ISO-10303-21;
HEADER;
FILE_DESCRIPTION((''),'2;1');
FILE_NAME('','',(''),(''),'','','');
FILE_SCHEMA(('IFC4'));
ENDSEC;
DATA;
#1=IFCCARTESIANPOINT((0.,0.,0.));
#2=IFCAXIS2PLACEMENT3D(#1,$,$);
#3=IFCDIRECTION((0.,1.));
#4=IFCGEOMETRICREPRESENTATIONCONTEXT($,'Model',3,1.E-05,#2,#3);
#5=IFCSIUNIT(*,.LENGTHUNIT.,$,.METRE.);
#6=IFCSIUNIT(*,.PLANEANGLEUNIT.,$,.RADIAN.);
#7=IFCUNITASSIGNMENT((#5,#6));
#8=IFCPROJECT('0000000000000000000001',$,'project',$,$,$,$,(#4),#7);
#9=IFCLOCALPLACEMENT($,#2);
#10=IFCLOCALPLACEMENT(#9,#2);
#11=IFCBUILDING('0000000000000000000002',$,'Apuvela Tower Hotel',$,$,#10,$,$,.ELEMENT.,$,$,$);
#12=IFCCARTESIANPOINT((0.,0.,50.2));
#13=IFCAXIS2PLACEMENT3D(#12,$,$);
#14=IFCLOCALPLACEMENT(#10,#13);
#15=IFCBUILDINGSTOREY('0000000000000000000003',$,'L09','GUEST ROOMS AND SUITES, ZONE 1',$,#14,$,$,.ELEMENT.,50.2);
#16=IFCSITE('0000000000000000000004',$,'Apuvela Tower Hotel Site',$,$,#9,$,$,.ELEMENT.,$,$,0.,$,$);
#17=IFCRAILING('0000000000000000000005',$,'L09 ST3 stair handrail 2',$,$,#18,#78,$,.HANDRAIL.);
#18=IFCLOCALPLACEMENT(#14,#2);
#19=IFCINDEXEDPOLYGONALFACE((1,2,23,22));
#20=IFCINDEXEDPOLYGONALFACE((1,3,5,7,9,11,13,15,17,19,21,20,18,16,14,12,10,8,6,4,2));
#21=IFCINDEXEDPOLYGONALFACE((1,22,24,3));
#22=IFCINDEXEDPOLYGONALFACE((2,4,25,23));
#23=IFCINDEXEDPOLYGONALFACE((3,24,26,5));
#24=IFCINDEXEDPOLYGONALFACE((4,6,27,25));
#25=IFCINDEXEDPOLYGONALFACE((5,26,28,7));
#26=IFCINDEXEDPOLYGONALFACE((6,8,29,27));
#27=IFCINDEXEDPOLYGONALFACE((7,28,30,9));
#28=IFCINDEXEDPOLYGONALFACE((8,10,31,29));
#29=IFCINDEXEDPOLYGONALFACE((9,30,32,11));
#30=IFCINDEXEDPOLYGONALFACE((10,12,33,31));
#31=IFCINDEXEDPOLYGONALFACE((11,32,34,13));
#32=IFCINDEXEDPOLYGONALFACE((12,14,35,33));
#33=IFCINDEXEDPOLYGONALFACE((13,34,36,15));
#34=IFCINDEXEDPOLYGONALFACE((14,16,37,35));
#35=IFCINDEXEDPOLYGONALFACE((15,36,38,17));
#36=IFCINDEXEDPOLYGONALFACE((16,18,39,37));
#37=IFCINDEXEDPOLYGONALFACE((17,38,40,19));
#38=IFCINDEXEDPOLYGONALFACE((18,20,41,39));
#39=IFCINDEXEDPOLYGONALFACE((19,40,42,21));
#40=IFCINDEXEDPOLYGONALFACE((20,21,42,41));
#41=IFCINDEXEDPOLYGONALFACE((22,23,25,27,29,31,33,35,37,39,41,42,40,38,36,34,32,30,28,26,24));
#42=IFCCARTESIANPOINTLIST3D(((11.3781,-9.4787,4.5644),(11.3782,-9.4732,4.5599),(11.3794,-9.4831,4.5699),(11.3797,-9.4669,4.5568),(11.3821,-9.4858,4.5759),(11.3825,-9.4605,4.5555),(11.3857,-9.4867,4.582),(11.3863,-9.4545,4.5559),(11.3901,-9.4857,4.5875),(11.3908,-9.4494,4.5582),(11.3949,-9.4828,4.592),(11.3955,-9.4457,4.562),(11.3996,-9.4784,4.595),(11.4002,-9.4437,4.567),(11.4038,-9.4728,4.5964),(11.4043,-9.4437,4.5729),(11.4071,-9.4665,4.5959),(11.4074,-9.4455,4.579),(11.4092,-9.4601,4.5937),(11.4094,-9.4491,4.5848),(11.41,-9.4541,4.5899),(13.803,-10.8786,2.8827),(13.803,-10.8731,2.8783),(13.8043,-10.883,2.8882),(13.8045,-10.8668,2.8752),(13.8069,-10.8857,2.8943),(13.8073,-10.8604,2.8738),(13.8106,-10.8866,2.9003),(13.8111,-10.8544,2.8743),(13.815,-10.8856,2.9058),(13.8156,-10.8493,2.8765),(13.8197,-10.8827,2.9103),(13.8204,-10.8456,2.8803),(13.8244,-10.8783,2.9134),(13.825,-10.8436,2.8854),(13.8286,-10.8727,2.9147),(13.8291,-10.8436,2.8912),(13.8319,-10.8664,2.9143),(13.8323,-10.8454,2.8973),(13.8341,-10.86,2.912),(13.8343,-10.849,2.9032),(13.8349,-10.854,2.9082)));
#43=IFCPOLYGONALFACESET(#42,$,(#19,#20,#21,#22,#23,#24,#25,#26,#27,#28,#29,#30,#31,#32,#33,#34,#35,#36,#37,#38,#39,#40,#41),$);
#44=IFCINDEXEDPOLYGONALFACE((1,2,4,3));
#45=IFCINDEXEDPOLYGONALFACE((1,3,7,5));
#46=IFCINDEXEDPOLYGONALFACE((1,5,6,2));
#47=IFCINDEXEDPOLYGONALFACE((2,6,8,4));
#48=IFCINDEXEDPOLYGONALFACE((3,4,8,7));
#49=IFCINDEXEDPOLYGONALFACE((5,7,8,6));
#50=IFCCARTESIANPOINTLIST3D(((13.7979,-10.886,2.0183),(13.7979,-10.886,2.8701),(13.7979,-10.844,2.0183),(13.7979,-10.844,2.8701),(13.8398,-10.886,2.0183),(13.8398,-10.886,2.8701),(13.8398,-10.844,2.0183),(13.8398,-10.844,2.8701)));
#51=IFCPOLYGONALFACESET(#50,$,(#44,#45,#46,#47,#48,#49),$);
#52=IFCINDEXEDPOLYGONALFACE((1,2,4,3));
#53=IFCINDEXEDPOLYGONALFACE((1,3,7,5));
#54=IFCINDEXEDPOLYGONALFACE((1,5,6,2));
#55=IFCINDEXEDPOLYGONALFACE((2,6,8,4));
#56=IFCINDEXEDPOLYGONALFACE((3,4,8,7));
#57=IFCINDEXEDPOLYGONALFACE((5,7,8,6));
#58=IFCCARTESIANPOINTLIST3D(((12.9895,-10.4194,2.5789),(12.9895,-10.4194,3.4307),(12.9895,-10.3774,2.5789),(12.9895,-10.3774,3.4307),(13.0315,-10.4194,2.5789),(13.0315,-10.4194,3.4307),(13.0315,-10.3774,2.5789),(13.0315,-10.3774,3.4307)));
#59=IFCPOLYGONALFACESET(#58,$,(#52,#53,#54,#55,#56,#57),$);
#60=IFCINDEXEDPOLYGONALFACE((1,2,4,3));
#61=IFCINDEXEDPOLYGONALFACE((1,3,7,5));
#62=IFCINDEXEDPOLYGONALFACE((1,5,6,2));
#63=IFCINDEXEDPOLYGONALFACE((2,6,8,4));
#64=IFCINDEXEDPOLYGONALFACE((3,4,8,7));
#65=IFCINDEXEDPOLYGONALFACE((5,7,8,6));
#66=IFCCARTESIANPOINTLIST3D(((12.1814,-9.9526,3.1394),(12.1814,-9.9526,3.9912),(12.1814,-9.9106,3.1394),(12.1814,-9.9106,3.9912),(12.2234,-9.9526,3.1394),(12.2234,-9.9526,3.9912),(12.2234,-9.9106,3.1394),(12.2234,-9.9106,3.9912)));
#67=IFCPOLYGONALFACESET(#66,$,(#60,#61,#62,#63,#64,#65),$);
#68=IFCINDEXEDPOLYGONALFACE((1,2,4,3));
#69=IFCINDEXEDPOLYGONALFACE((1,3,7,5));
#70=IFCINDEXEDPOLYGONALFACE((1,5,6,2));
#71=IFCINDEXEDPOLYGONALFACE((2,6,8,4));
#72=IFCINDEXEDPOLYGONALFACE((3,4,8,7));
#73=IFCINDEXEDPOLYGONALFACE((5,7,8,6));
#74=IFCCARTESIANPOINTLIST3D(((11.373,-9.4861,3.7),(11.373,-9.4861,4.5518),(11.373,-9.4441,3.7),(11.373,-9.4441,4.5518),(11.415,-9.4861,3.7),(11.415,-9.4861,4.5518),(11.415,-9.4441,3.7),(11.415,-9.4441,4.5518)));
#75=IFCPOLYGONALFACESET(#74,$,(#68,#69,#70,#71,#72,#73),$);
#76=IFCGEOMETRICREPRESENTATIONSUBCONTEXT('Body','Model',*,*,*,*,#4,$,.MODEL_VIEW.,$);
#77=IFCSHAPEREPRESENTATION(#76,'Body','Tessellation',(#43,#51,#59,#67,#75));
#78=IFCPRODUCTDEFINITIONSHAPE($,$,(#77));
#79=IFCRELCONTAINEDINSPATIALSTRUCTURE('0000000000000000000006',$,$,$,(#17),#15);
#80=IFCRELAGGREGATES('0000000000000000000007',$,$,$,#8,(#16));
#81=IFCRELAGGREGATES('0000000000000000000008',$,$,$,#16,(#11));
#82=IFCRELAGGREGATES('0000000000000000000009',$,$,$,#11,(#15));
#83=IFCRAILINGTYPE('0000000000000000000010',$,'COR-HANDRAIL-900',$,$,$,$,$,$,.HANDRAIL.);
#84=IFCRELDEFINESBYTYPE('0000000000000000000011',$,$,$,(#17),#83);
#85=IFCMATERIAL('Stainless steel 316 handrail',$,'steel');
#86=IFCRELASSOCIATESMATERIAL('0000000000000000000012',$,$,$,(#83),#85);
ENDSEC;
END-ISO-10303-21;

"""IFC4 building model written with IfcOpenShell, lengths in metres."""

from ifc_helpers import new_model, si_unit, direction, frame, origin, origin_2d, place, context, subcontext, project, spatial, rectangle, circle, extrude, material, type_object, element, save


model = new_model("IFC4")

# Units and contexts
model_context = context("Model", 3, precision=1e-05, world=origin(), true_north=direction((0.0, 1.0)))
body_context = subcontext(model_context, "Body", "Model", "MODEL_VIEW")
ifc_project = project(units=[si_unit("LENGTHUNIT", "METRE"), si_unit("PLANEANGLEUNIT", "RADIAN")], contexts=[model_context])

# Site, building, storey
site_placement = place(None, origin())
site = spatial("IfcSite", under=ifc_project, at=site_placement, Name="Apuvela Tower Hotel Site", CompositionType="ELEMENT", RefElevation=0.0)
building_placement = place(site_placement, origin())
building = spatial("IfcBuilding", under=site, at=building_placement, Name="Apuvela Tower Hotel", CompositionType="ELEMENT")
storey_placement = place(building_placement, frame((0.0, 0.0, 50.2)))
storey = spatial("IfcBuildingStorey", under=building, at=storey_placement, Name="L09", Description="GUEST ROOMS AND SUITES, ZONE 1", CompositionType="ELEMENT", Elevation=50.2)

# Railing
ifc_material_1 = material(Name="Stainless steel 316 handrail", Category="steel")
railing_type_1 = type_object("IfcRailingType", Name="COR-HANDRAIL-900", PredefinedType="HANDRAIL", material=ifc_material_1)
railing_1_placement = place(storey_placement, frame((13.8188, -10.865, 2.0183)))
element("IfcRailing", 1, at=railing_1_placement, inside=storey, type_object=railing_type_1, Name="L09 ST3 stair handrail 2", PredefinedType="HANDRAIL", context=body_context, shape_type="SweptSolid", body=[
    extrude(circle(Radius=0.0239, at=origin_2d()), frame((0.0, 0.0, 0.876), z_axis=(-0.742419, 0.428618, 0.514879), x_axis=(-0.499984, -0.866035, 0.0)), (0.0, 0.0, 1.0), 3.2661),
    extrude(rectangle(XDim=0.042, YDim=0.042, at=origin_2d()), origin(), (0.0, 0.0, 1.0), 0.8518),
    extrude(rectangle(XDim=0.042, YDim=0.042, at=origin_2d()), frame((-0.8083, 0.4666, 0.5605)), (0.0, 0.0, 1.0), 0.8518),
    extrude(rectangle(XDim=0.042, YDim=0.042, at=origin_2d()), frame((-1.6165, 0.9333, 1.1211)), (0.0, 0.0, 1.0), 0.8518),
    extrude(rectangle(XDim=0.042, YDim=0.042, at=origin_2d()), frame((-2.4248, 1.3999, 1.6816)), (0.0, 0.0, 1.0), 0.8518),
])

save(model, "model.ifc")
